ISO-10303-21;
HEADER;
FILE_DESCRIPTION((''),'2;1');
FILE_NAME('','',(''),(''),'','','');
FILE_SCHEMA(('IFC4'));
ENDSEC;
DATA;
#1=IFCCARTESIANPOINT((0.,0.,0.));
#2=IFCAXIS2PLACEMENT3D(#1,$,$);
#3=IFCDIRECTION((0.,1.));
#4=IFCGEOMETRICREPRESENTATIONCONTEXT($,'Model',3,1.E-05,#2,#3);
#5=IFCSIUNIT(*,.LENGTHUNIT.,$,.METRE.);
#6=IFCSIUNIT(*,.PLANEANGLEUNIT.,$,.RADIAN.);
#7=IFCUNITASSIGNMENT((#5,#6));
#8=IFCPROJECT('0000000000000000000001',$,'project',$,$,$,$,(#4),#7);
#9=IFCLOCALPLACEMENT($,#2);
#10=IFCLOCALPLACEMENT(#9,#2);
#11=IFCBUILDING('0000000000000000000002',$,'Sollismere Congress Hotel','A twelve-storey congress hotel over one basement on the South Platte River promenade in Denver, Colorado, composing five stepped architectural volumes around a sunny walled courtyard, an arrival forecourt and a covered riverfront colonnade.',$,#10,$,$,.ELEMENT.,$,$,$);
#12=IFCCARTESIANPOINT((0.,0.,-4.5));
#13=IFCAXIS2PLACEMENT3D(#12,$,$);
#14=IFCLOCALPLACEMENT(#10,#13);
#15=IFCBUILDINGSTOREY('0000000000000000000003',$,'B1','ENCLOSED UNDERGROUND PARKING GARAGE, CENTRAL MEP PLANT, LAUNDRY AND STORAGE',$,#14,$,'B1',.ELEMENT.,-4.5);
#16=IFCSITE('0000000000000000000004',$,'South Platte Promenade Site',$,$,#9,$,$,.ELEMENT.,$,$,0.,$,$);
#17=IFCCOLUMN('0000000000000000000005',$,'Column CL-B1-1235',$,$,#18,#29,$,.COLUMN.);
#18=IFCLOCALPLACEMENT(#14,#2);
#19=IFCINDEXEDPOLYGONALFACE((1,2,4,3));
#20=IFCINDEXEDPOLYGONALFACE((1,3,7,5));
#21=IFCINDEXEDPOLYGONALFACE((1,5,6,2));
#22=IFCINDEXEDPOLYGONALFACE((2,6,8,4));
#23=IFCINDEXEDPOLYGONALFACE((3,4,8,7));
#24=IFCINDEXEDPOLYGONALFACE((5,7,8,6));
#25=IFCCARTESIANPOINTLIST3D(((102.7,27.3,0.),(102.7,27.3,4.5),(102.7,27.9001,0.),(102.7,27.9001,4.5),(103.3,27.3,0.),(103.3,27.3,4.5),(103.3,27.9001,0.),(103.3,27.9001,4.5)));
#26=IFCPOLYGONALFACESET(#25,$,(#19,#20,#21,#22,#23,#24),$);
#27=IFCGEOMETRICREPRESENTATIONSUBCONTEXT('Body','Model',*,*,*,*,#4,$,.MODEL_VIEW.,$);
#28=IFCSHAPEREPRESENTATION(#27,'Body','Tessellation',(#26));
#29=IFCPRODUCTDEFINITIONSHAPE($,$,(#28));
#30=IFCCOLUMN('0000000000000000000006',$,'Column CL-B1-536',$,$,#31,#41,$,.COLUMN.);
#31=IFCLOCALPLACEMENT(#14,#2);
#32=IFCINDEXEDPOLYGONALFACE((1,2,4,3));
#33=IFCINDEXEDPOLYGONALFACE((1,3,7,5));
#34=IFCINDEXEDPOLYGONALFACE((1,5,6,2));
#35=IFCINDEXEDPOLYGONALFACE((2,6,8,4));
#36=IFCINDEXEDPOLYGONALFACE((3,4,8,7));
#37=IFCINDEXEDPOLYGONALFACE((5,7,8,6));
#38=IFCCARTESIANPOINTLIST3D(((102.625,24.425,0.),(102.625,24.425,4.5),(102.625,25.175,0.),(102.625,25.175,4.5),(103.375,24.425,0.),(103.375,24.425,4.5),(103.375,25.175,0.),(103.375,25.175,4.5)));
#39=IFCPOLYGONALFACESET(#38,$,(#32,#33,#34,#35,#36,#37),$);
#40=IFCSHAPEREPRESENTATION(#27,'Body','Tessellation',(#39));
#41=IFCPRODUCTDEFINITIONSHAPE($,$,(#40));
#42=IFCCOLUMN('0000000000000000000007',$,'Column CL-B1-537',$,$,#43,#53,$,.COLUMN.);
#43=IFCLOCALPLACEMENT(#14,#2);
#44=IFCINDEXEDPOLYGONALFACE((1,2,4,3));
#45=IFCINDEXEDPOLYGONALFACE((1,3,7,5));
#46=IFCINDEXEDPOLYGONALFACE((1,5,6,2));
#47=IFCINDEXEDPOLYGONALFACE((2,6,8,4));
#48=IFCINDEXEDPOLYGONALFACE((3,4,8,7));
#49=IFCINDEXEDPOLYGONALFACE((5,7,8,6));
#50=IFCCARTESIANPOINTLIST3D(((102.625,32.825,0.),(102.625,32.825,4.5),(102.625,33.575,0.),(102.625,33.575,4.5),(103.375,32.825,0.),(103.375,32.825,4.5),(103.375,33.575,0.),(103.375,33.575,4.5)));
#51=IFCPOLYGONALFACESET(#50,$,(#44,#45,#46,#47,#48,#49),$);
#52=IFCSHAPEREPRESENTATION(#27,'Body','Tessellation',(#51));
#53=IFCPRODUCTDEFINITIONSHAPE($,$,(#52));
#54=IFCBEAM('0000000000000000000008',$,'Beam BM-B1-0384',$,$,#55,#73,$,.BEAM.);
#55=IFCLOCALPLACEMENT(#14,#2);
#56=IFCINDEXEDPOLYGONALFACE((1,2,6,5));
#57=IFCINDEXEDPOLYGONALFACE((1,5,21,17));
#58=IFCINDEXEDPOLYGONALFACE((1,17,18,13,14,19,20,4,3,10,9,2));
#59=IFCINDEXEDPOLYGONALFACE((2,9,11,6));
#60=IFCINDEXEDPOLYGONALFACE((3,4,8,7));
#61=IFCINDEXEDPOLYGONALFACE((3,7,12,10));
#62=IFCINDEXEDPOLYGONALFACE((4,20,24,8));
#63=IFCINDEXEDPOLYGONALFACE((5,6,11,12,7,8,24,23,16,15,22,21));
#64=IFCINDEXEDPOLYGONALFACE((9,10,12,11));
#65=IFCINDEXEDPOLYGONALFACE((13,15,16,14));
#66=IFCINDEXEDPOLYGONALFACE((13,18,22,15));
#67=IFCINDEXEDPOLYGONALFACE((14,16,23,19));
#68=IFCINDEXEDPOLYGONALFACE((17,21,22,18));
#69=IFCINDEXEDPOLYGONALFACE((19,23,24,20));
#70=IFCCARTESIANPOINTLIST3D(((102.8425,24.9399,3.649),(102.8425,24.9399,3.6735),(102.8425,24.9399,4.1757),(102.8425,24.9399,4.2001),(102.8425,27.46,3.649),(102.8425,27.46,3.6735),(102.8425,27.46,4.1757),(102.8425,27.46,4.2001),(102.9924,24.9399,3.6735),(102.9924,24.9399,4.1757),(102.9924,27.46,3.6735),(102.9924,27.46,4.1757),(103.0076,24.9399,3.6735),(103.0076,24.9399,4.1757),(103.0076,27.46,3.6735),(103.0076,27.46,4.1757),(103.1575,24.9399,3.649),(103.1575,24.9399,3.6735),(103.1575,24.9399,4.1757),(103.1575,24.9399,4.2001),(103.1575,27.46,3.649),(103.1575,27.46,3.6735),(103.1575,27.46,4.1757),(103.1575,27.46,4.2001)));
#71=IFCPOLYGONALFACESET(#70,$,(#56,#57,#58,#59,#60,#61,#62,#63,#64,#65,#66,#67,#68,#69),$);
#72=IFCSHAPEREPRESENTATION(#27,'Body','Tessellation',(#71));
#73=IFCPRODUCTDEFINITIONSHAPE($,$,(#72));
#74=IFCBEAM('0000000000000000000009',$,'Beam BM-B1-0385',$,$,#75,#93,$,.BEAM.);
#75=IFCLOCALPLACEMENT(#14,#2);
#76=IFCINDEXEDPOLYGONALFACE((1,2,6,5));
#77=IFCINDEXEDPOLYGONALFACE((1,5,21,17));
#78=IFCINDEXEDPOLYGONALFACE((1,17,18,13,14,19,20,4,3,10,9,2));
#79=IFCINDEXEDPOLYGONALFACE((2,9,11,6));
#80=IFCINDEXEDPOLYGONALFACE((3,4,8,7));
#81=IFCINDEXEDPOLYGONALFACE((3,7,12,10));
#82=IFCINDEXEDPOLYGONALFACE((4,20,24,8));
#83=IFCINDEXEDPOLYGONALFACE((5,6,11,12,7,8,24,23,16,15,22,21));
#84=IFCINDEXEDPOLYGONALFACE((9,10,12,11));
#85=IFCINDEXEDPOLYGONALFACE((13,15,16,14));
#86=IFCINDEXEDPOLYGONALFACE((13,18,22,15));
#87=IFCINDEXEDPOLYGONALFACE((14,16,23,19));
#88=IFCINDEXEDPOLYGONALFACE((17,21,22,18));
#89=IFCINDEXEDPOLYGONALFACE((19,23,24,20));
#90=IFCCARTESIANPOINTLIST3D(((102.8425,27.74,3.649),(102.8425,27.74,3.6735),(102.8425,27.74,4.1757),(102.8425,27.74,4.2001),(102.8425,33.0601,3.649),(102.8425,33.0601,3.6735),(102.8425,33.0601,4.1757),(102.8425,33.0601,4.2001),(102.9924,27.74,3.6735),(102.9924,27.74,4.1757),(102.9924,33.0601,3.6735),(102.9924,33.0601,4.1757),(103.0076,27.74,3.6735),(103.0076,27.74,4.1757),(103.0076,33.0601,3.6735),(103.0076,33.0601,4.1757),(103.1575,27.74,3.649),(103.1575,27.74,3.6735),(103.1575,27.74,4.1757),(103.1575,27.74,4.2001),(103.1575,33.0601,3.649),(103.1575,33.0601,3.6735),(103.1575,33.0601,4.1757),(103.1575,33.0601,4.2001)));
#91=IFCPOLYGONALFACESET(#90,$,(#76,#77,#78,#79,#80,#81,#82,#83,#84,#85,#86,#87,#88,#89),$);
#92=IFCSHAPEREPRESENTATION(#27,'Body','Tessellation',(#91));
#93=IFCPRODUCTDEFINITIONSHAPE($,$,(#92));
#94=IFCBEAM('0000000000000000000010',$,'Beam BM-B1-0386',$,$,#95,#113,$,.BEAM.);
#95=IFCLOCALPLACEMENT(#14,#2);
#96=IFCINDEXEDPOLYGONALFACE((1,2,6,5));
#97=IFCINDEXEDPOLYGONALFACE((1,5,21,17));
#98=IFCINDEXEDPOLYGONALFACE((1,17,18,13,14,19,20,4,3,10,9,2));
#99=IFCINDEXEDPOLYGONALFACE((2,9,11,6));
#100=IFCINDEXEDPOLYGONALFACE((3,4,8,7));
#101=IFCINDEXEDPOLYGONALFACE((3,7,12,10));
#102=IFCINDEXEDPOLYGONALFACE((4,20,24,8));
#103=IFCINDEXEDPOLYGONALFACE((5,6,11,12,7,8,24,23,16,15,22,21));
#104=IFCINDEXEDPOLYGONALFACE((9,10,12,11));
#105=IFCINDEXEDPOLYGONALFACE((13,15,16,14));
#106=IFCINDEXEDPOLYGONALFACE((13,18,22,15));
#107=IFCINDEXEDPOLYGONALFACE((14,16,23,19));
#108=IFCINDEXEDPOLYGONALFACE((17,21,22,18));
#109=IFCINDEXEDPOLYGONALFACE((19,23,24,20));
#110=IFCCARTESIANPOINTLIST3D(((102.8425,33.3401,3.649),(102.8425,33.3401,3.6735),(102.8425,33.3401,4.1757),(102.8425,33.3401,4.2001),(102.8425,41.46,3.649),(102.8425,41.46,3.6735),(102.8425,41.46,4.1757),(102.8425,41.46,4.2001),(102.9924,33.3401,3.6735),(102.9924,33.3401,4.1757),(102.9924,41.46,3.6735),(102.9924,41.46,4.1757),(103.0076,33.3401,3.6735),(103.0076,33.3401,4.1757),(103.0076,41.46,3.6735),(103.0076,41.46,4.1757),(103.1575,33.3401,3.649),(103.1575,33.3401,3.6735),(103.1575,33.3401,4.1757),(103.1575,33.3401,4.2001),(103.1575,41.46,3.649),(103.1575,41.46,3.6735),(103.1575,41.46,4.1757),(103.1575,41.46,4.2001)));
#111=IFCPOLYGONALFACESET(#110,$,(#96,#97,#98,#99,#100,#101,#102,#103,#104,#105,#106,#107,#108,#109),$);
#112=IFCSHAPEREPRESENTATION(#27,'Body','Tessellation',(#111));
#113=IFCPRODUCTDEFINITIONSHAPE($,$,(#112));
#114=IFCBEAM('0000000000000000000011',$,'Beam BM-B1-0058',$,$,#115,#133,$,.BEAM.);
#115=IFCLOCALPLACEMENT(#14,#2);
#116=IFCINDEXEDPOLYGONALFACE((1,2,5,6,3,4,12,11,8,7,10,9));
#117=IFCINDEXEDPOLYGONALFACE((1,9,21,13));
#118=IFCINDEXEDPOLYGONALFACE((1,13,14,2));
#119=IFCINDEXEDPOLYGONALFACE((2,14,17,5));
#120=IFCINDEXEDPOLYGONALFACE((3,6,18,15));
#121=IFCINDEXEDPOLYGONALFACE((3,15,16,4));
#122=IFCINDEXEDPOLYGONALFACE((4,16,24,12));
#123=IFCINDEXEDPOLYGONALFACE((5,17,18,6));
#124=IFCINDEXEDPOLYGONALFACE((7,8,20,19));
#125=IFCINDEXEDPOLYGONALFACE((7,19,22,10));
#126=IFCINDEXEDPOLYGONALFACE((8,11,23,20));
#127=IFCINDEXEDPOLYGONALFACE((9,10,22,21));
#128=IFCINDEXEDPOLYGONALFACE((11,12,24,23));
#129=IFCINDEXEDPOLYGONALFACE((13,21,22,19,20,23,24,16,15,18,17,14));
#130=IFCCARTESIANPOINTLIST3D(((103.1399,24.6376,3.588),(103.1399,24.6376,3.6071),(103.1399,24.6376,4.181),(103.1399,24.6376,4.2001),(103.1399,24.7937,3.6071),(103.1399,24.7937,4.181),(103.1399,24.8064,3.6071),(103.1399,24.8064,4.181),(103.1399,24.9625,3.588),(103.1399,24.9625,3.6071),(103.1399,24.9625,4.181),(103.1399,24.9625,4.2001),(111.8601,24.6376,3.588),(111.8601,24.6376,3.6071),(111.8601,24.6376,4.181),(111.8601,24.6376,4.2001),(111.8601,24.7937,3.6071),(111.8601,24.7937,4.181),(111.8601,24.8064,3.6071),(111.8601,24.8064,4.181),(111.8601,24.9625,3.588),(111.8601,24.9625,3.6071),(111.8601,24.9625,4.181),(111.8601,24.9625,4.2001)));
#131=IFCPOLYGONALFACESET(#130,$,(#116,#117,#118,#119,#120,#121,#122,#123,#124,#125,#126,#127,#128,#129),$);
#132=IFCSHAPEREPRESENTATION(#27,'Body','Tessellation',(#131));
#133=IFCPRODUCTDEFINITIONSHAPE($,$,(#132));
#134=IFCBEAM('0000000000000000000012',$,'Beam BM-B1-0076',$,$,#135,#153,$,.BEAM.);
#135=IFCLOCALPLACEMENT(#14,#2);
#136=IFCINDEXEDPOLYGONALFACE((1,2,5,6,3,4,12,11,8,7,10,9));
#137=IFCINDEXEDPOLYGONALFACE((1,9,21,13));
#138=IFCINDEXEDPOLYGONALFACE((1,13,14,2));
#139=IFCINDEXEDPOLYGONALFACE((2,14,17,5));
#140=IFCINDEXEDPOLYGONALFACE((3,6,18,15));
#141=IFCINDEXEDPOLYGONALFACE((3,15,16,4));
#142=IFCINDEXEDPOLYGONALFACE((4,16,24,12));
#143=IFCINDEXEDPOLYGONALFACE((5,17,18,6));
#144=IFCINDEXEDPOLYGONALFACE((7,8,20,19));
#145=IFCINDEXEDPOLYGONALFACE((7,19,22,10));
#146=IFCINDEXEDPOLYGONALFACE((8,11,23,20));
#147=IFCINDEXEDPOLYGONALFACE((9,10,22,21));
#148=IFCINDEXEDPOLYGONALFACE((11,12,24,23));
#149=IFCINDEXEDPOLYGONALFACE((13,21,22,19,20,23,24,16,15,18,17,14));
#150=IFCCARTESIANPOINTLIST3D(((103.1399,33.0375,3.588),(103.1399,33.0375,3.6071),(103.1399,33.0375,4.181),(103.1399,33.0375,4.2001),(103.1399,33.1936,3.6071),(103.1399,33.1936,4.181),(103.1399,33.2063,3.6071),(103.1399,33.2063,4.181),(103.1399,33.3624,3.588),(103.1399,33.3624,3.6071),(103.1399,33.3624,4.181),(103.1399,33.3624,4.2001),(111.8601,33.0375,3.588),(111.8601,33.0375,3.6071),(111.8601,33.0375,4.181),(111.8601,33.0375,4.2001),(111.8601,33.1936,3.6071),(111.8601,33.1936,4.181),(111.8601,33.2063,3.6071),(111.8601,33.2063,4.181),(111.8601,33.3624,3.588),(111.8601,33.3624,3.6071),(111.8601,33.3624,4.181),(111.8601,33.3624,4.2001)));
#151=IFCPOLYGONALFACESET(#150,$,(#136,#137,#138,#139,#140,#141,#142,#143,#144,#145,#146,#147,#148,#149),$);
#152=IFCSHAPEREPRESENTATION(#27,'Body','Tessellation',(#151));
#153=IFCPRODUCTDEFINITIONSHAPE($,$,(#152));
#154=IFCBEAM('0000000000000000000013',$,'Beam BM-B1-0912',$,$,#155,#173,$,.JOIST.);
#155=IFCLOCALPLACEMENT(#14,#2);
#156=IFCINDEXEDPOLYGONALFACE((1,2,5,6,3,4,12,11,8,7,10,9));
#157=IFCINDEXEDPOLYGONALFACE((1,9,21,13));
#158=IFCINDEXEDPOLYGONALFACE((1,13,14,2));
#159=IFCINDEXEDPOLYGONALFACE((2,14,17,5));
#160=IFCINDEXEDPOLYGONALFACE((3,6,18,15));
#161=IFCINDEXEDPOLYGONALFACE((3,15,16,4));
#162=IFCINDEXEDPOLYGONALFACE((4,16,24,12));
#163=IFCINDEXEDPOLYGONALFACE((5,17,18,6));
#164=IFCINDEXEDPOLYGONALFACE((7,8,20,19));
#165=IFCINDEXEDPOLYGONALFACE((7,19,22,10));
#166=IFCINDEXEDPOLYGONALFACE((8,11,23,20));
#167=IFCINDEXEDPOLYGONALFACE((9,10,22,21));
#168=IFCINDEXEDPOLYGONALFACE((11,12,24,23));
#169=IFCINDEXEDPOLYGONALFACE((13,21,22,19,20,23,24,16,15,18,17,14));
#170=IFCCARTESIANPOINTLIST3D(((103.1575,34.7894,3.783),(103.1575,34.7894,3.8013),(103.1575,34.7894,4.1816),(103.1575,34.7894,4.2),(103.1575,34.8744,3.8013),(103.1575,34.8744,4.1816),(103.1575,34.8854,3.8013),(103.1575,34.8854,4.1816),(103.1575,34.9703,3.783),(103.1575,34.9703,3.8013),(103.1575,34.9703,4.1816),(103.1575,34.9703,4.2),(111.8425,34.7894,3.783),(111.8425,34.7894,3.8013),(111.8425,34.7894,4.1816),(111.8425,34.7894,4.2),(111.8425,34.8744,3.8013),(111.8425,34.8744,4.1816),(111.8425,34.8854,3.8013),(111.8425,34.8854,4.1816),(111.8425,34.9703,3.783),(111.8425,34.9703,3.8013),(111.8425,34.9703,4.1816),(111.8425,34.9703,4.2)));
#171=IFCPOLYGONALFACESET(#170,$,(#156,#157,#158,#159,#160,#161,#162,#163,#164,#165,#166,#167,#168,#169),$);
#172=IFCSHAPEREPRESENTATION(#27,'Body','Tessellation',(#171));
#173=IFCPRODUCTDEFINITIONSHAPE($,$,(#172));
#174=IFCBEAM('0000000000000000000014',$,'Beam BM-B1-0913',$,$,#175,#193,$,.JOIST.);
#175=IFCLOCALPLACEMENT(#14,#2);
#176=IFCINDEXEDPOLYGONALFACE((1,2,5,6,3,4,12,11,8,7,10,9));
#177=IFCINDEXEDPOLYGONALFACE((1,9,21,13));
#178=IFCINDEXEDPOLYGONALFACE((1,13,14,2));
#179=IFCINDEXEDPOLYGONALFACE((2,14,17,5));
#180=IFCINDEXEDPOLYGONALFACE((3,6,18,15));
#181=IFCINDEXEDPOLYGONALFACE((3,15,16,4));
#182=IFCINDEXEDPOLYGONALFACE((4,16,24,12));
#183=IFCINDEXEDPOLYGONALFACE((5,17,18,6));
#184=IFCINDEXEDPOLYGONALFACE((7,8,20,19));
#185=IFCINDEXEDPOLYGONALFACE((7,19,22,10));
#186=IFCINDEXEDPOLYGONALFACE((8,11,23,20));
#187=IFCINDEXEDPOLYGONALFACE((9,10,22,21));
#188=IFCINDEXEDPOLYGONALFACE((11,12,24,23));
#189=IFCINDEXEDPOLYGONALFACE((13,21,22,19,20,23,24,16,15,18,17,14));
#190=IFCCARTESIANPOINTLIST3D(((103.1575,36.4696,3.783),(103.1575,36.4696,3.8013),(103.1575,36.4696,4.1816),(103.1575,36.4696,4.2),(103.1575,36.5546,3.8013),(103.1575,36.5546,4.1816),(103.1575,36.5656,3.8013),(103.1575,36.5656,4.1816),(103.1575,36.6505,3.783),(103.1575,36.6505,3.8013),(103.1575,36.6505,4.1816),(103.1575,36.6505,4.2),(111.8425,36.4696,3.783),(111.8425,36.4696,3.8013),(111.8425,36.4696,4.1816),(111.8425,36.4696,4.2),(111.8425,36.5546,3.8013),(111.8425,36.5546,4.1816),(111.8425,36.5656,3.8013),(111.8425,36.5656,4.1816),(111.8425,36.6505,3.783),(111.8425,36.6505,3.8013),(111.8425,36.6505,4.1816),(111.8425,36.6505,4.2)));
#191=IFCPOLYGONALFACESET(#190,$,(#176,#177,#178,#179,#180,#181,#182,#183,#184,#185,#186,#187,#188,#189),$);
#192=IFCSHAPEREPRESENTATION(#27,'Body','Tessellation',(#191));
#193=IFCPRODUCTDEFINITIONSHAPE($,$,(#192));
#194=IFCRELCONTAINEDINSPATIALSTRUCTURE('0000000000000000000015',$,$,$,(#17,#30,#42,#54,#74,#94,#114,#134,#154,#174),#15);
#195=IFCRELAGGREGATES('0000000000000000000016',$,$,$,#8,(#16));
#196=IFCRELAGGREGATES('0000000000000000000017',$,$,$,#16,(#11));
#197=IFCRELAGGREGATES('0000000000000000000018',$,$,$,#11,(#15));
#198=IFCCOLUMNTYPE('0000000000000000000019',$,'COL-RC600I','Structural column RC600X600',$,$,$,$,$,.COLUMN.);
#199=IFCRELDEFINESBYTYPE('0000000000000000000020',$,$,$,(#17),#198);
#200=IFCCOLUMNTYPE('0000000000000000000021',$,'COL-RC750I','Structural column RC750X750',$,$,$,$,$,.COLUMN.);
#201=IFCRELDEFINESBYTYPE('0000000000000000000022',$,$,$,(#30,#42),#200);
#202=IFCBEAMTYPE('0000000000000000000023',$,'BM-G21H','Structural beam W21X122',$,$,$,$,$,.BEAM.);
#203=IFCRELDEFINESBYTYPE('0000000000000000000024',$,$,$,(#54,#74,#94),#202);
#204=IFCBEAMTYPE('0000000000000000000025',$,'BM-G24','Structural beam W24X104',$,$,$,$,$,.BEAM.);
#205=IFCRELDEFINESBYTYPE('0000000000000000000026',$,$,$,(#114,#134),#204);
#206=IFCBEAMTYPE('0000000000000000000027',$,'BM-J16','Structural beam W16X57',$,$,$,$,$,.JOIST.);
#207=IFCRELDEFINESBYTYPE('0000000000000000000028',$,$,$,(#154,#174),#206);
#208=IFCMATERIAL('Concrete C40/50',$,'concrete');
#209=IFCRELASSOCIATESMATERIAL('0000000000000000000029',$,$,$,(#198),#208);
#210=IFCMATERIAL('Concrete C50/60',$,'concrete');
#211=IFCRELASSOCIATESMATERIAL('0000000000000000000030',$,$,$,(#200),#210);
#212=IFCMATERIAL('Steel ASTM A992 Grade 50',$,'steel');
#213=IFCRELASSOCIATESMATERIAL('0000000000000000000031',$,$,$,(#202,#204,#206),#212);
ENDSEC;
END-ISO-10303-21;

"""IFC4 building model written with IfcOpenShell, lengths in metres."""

from ifc_helpers import new_model, si_unit, direction, frame, origin, origin_2d, place, context, subcontext, project, spatial, rectangle, i_section, extrude, material, material_profile, profile_set, type_object, element, save


model = new_model("IFC4")

# Units and contexts
model_context = context("Model", 3, precision=1e-05, world=origin(), true_north=direction((0.0, 1.0)))
body_context = subcontext(model_context, "Body", "Model", "MODEL_VIEW")
ifc_project = project(units=[si_unit("LENGTHUNIT", "METRE"), si_unit("PLANEANGLEUNIT", "RADIAN")], contexts=[model_context])

# Site, building, storey
site_placement = place(None, origin())
site = spatial("IfcSite", under=ifc_project, at=site_placement, Name="South Platte Promenade Site", CompositionType="ELEMENT", RefElevation=0.0)
building_placement = place(site_placement, origin())
building = spatial("IfcBuilding", under=site, at=building_placement, Name="Sollismere Congress Hotel", Description="A twelve-storey congress hotel over one basement on the South Platte River promenade in Denver, Colorado, composing five stepped architectural volumes around a sunny walled courtyard, an arrival forecourt and a covered riverfront colonnade.", CompositionType="ELEMENT")
storey_placement = place(building_placement, frame((0.0, 0.0, -4.5)))
storey = spatial("IfcBuildingStorey", under=building, at=storey_placement, Name="B1", Description="ENCLOSED UNDERGROUND PARKING GARAGE, CENTRAL MEP PLANT, LAUNDRY AND STORAGE", LongName="B1", CompositionType="ELEMENT", Elevation=-4.5)

# Shared definitions
ifc_material_1 = material(Name="Concrete C40/50", Category="concrete")

# Columns
ifc_material_profile_1 = material_profile(ifc_material_1, rectangle(XDim=0.6001, YDim=0.6001, at=origin_2d()), Name="RC600X600")
ifc_profile_set_1 = profile_set([ifc_material_profile_1], Name="Concrete C40/50")
column_type_1 = type_object("IfcColumnType", Name="COL-RC600I", Description="Structural column RC600X600", PredefinedType="COLUMN", material=ifc_profile_set_1)
column_placement = place(storey_placement, frame((103.0, 27.6001, 0.0), z_axis=(0.0, 0.0, 1.0), x_axis=(1.0, 0.0, 0.0)))
element("IfcColumn", 1, at=column_placement, inside=storey, type_object=column_type_1, Name="Column CL-B1-1235", PredefinedType="COLUMN", context=body_context, shape_type="SweptSolid", body=[
    extrude(rectangle(XDim=0.6001, YDim=0.6001, at=origin_2d()), origin(), (0.0, 0.0, 1.0), 4.5),
])
ifc_material_2 = material(Name="Concrete C50/60", Category="concrete")
ifc_material_profile_2 = material_profile(ifc_material_2, rectangle(XDim=0.75, YDim=0.75, at=origin_2d()), Name="RC750X750")
ifc_profile_set_2 = profile_set([ifc_material_profile_2], Name="Concrete C50/60")
column_type_2 = type_object("IfcColumnType", Name="COL-RC750I", Description="Structural column RC750X750", PredefinedType="COLUMN", material=ifc_profile_set_2)
for number, where, z_axis, x_axis, name in (
    (2, (103.0, 24.8, 0.0), (0.0, 0.0, 1.0), (0.0, 1.0, 0.0), "Column CL-B1-536"),
    (3, (103.0, 33.2, 0.0), (0.0, 0.0, 1.0), (1.0, 0.0, 0.0), "Column CL-B1-537"),
):
    element("IfcColumn", number, at=place(storey_placement, frame(where, z_axis=z_axis, x_axis=x_axis)), inside=storey, type_object=column_type_2, Name=name, PredefinedType="COLUMN", context=body_context, shape_type="SweptSolid", body=[
        extrude(rectangle(XDim=0.75, YDim=0.75, at=origin_2d()), origin(), (0.0, 0.0, 1.0), 4.5),
    ])

# Beams
ifc_material_3 = material(Name="Steel ASTM A992 Grade 50", Category="steel")
ifc_material_profile_3 = material_profile(ifc_material_3, i_section(OverallWidth=0.3149, OverallDepth=0.551, WebThickness=0.0151, FlangeThickness=0.0244, at=origin_2d()), Name="W21X122")
ifc_profile_set_3 = profile_set([ifc_material_profile_3], Name="Steel ASTM A992 Grade 50")
beam_type_1 = type_object("IfcBeamType", Name="BM-G21H", Description="Structural beam W21X122", PredefinedType="BEAM", material=ifc_profile_set_3)
beam_1_placement = place(storey_placement, frame((103.0, 24.9399, 3.9246), z_axis=(0.0, 1.0, 0.0), x_axis=(-1.0, 0.0, 0.0)))
element("IfcBeam", 4, at=beam_1_placement, inside=storey, type_object=beam_type_1, Name="Beam BM-B1-0384", PredefinedType="BEAM", context=body_context, shape_type="SweptSolid", body=[
    extrude(i_section(OverallWidth=0.3149, OverallDepth=0.551, WebThickness=0.0151, FlangeThickness=0.0244, at=origin_2d()), origin(), (0.0, 0.0, 1.0), 2.52),
])
beam_2_placement = place(storey_placement, frame((103.0, 27.74, 3.9246), z_axis=(0.0, 1.0, 0.0), x_axis=(-1.0, 0.0, 0.0)))
element("IfcBeam", 5, at=beam_2_placement, inside=storey, type_object=beam_type_1, Name="Beam BM-B1-0385", PredefinedType="BEAM", context=body_context, shape_type="SweptSolid", body=[
    extrude(i_section(OverallWidth=0.3149, OverallDepth=0.551, WebThickness=0.0151, FlangeThickness=0.0244, at=origin_2d()), origin(), (0.0, 0.0, 1.0), 5.3201),
])
beam_3_placement = place(storey_placement, frame((103.0, 33.3401, 3.9246), z_axis=(0.0, 1.0, 0.0), x_axis=(-1.0, 0.0, 0.0)))
element("IfcBeam", 6, at=beam_3_placement, inside=storey, type_object=beam_type_1, Name="Beam BM-B1-0386", PredefinedType="BEAM", context=body_context, shape_type="SweptSolid", body=[
    extrude(i_section(OverallWidth=0.3149, OverallDepth=0.551, WebThickness=0.0151, FlangeThickness=0.0244, at=origin_2d()), origin(), (0.0, 0.0, 1.0), 8.1199),
])
ifc_material_profile_4 = material_profile(ifc_material_3, i_section(OverallWidth=0.325, OverallDepth=0.6121, WebThickness=0.0127, FlangeThickness=0.019, at=origin_2d()), Name="W24X104")
ifc_profile_set_4 = profile_set([ifc_material_profile_4], Name="Steel ASTM A992 Grade 50")
beam_type_2 = type_object("IfcBeamType", Name="BM-G24", Description="Structural beam W24X104", PredefinedType="BEAM", material=ifc_profile_set_4)
for number, where, z_axis, x_axis, name in (
    (7, (103.1399, 24.8, 3.894), (1.0, 0.0, 0.0), (0.0, 1.0, 0.0), "Beam BM-B1-0058"),
    (8, (103.1399, 33.2, 3.894), (1.0, 0.0, 0.0), (0.0, 1.0, 0.0), "Beam BM-B1-0076"),
):
    element("IfcBeam", number, at=place(storey_placement, frame(where, z_axis=z_axis, x_axis=x_axis)), inside=storey, type_object=beam_type_2, Name=name, PredefinedType="BEAM", context=body_context, shape_type="SweptSolid", body=[
        extrude(i_section(OverallWidth=0.325, OverallDepth=0.6121, WebThickness=0.0127, FlangeThickness=0.019, at=origin_2d()), origin(), (0.0, 0.0, 1.0), 8.7202),
    ])
ifc_material_profile_5 = material_profile(ifc_material_3, i_section(OverallWidth=0.1809, OverallDepth=0.417, WebThickness=0.011, FlangeThickness=0.0183, at=origin_2d()), Name="W16X57")
ifc_profile_set_5 = profile_set([ifc_material_profile_5], Name="Steel ASTM A992 Grade 50")
beam_type_3 = type_object("IfcBeamType", Name="BM-J16", Description="Structural beam W16X57", PredefinedType="JOIST", material=ifc_profile_set_5)
for number, where, z_axis, x_axis, name in (
    (9, (103.1575, 34.8799, 3.9915), (1.0, 0.0, 0.0), (0.0, 1.0, 0.0), "Beam BM-B1-0912"),
    (10, (103.1575, 36.5601, 3.9915), (1.0, 0.0, 0.0), (0.0, 1.0, 0.0), "Beam BM-B1-0913"),
):
    element("IfcBeam", number, at=place(storey_placement, frame(where, z_axis=z_axis, x_axis=x_axis)), inside=storey, type_object=beam_type_3, Name=name, PredefinedType="JOIST", context=body_context, shape_type="SweptSolid", body=[
        extrude(i_section(OverallWidth=0.1809, OverallDepth=0.417, WebThickness=0.011, FlangeThickness=0.0183, at=origin_2d()), origin(), (0.0, 0.0, 1.0), 8.6851),
    ])

save(model, "model.ifc")
